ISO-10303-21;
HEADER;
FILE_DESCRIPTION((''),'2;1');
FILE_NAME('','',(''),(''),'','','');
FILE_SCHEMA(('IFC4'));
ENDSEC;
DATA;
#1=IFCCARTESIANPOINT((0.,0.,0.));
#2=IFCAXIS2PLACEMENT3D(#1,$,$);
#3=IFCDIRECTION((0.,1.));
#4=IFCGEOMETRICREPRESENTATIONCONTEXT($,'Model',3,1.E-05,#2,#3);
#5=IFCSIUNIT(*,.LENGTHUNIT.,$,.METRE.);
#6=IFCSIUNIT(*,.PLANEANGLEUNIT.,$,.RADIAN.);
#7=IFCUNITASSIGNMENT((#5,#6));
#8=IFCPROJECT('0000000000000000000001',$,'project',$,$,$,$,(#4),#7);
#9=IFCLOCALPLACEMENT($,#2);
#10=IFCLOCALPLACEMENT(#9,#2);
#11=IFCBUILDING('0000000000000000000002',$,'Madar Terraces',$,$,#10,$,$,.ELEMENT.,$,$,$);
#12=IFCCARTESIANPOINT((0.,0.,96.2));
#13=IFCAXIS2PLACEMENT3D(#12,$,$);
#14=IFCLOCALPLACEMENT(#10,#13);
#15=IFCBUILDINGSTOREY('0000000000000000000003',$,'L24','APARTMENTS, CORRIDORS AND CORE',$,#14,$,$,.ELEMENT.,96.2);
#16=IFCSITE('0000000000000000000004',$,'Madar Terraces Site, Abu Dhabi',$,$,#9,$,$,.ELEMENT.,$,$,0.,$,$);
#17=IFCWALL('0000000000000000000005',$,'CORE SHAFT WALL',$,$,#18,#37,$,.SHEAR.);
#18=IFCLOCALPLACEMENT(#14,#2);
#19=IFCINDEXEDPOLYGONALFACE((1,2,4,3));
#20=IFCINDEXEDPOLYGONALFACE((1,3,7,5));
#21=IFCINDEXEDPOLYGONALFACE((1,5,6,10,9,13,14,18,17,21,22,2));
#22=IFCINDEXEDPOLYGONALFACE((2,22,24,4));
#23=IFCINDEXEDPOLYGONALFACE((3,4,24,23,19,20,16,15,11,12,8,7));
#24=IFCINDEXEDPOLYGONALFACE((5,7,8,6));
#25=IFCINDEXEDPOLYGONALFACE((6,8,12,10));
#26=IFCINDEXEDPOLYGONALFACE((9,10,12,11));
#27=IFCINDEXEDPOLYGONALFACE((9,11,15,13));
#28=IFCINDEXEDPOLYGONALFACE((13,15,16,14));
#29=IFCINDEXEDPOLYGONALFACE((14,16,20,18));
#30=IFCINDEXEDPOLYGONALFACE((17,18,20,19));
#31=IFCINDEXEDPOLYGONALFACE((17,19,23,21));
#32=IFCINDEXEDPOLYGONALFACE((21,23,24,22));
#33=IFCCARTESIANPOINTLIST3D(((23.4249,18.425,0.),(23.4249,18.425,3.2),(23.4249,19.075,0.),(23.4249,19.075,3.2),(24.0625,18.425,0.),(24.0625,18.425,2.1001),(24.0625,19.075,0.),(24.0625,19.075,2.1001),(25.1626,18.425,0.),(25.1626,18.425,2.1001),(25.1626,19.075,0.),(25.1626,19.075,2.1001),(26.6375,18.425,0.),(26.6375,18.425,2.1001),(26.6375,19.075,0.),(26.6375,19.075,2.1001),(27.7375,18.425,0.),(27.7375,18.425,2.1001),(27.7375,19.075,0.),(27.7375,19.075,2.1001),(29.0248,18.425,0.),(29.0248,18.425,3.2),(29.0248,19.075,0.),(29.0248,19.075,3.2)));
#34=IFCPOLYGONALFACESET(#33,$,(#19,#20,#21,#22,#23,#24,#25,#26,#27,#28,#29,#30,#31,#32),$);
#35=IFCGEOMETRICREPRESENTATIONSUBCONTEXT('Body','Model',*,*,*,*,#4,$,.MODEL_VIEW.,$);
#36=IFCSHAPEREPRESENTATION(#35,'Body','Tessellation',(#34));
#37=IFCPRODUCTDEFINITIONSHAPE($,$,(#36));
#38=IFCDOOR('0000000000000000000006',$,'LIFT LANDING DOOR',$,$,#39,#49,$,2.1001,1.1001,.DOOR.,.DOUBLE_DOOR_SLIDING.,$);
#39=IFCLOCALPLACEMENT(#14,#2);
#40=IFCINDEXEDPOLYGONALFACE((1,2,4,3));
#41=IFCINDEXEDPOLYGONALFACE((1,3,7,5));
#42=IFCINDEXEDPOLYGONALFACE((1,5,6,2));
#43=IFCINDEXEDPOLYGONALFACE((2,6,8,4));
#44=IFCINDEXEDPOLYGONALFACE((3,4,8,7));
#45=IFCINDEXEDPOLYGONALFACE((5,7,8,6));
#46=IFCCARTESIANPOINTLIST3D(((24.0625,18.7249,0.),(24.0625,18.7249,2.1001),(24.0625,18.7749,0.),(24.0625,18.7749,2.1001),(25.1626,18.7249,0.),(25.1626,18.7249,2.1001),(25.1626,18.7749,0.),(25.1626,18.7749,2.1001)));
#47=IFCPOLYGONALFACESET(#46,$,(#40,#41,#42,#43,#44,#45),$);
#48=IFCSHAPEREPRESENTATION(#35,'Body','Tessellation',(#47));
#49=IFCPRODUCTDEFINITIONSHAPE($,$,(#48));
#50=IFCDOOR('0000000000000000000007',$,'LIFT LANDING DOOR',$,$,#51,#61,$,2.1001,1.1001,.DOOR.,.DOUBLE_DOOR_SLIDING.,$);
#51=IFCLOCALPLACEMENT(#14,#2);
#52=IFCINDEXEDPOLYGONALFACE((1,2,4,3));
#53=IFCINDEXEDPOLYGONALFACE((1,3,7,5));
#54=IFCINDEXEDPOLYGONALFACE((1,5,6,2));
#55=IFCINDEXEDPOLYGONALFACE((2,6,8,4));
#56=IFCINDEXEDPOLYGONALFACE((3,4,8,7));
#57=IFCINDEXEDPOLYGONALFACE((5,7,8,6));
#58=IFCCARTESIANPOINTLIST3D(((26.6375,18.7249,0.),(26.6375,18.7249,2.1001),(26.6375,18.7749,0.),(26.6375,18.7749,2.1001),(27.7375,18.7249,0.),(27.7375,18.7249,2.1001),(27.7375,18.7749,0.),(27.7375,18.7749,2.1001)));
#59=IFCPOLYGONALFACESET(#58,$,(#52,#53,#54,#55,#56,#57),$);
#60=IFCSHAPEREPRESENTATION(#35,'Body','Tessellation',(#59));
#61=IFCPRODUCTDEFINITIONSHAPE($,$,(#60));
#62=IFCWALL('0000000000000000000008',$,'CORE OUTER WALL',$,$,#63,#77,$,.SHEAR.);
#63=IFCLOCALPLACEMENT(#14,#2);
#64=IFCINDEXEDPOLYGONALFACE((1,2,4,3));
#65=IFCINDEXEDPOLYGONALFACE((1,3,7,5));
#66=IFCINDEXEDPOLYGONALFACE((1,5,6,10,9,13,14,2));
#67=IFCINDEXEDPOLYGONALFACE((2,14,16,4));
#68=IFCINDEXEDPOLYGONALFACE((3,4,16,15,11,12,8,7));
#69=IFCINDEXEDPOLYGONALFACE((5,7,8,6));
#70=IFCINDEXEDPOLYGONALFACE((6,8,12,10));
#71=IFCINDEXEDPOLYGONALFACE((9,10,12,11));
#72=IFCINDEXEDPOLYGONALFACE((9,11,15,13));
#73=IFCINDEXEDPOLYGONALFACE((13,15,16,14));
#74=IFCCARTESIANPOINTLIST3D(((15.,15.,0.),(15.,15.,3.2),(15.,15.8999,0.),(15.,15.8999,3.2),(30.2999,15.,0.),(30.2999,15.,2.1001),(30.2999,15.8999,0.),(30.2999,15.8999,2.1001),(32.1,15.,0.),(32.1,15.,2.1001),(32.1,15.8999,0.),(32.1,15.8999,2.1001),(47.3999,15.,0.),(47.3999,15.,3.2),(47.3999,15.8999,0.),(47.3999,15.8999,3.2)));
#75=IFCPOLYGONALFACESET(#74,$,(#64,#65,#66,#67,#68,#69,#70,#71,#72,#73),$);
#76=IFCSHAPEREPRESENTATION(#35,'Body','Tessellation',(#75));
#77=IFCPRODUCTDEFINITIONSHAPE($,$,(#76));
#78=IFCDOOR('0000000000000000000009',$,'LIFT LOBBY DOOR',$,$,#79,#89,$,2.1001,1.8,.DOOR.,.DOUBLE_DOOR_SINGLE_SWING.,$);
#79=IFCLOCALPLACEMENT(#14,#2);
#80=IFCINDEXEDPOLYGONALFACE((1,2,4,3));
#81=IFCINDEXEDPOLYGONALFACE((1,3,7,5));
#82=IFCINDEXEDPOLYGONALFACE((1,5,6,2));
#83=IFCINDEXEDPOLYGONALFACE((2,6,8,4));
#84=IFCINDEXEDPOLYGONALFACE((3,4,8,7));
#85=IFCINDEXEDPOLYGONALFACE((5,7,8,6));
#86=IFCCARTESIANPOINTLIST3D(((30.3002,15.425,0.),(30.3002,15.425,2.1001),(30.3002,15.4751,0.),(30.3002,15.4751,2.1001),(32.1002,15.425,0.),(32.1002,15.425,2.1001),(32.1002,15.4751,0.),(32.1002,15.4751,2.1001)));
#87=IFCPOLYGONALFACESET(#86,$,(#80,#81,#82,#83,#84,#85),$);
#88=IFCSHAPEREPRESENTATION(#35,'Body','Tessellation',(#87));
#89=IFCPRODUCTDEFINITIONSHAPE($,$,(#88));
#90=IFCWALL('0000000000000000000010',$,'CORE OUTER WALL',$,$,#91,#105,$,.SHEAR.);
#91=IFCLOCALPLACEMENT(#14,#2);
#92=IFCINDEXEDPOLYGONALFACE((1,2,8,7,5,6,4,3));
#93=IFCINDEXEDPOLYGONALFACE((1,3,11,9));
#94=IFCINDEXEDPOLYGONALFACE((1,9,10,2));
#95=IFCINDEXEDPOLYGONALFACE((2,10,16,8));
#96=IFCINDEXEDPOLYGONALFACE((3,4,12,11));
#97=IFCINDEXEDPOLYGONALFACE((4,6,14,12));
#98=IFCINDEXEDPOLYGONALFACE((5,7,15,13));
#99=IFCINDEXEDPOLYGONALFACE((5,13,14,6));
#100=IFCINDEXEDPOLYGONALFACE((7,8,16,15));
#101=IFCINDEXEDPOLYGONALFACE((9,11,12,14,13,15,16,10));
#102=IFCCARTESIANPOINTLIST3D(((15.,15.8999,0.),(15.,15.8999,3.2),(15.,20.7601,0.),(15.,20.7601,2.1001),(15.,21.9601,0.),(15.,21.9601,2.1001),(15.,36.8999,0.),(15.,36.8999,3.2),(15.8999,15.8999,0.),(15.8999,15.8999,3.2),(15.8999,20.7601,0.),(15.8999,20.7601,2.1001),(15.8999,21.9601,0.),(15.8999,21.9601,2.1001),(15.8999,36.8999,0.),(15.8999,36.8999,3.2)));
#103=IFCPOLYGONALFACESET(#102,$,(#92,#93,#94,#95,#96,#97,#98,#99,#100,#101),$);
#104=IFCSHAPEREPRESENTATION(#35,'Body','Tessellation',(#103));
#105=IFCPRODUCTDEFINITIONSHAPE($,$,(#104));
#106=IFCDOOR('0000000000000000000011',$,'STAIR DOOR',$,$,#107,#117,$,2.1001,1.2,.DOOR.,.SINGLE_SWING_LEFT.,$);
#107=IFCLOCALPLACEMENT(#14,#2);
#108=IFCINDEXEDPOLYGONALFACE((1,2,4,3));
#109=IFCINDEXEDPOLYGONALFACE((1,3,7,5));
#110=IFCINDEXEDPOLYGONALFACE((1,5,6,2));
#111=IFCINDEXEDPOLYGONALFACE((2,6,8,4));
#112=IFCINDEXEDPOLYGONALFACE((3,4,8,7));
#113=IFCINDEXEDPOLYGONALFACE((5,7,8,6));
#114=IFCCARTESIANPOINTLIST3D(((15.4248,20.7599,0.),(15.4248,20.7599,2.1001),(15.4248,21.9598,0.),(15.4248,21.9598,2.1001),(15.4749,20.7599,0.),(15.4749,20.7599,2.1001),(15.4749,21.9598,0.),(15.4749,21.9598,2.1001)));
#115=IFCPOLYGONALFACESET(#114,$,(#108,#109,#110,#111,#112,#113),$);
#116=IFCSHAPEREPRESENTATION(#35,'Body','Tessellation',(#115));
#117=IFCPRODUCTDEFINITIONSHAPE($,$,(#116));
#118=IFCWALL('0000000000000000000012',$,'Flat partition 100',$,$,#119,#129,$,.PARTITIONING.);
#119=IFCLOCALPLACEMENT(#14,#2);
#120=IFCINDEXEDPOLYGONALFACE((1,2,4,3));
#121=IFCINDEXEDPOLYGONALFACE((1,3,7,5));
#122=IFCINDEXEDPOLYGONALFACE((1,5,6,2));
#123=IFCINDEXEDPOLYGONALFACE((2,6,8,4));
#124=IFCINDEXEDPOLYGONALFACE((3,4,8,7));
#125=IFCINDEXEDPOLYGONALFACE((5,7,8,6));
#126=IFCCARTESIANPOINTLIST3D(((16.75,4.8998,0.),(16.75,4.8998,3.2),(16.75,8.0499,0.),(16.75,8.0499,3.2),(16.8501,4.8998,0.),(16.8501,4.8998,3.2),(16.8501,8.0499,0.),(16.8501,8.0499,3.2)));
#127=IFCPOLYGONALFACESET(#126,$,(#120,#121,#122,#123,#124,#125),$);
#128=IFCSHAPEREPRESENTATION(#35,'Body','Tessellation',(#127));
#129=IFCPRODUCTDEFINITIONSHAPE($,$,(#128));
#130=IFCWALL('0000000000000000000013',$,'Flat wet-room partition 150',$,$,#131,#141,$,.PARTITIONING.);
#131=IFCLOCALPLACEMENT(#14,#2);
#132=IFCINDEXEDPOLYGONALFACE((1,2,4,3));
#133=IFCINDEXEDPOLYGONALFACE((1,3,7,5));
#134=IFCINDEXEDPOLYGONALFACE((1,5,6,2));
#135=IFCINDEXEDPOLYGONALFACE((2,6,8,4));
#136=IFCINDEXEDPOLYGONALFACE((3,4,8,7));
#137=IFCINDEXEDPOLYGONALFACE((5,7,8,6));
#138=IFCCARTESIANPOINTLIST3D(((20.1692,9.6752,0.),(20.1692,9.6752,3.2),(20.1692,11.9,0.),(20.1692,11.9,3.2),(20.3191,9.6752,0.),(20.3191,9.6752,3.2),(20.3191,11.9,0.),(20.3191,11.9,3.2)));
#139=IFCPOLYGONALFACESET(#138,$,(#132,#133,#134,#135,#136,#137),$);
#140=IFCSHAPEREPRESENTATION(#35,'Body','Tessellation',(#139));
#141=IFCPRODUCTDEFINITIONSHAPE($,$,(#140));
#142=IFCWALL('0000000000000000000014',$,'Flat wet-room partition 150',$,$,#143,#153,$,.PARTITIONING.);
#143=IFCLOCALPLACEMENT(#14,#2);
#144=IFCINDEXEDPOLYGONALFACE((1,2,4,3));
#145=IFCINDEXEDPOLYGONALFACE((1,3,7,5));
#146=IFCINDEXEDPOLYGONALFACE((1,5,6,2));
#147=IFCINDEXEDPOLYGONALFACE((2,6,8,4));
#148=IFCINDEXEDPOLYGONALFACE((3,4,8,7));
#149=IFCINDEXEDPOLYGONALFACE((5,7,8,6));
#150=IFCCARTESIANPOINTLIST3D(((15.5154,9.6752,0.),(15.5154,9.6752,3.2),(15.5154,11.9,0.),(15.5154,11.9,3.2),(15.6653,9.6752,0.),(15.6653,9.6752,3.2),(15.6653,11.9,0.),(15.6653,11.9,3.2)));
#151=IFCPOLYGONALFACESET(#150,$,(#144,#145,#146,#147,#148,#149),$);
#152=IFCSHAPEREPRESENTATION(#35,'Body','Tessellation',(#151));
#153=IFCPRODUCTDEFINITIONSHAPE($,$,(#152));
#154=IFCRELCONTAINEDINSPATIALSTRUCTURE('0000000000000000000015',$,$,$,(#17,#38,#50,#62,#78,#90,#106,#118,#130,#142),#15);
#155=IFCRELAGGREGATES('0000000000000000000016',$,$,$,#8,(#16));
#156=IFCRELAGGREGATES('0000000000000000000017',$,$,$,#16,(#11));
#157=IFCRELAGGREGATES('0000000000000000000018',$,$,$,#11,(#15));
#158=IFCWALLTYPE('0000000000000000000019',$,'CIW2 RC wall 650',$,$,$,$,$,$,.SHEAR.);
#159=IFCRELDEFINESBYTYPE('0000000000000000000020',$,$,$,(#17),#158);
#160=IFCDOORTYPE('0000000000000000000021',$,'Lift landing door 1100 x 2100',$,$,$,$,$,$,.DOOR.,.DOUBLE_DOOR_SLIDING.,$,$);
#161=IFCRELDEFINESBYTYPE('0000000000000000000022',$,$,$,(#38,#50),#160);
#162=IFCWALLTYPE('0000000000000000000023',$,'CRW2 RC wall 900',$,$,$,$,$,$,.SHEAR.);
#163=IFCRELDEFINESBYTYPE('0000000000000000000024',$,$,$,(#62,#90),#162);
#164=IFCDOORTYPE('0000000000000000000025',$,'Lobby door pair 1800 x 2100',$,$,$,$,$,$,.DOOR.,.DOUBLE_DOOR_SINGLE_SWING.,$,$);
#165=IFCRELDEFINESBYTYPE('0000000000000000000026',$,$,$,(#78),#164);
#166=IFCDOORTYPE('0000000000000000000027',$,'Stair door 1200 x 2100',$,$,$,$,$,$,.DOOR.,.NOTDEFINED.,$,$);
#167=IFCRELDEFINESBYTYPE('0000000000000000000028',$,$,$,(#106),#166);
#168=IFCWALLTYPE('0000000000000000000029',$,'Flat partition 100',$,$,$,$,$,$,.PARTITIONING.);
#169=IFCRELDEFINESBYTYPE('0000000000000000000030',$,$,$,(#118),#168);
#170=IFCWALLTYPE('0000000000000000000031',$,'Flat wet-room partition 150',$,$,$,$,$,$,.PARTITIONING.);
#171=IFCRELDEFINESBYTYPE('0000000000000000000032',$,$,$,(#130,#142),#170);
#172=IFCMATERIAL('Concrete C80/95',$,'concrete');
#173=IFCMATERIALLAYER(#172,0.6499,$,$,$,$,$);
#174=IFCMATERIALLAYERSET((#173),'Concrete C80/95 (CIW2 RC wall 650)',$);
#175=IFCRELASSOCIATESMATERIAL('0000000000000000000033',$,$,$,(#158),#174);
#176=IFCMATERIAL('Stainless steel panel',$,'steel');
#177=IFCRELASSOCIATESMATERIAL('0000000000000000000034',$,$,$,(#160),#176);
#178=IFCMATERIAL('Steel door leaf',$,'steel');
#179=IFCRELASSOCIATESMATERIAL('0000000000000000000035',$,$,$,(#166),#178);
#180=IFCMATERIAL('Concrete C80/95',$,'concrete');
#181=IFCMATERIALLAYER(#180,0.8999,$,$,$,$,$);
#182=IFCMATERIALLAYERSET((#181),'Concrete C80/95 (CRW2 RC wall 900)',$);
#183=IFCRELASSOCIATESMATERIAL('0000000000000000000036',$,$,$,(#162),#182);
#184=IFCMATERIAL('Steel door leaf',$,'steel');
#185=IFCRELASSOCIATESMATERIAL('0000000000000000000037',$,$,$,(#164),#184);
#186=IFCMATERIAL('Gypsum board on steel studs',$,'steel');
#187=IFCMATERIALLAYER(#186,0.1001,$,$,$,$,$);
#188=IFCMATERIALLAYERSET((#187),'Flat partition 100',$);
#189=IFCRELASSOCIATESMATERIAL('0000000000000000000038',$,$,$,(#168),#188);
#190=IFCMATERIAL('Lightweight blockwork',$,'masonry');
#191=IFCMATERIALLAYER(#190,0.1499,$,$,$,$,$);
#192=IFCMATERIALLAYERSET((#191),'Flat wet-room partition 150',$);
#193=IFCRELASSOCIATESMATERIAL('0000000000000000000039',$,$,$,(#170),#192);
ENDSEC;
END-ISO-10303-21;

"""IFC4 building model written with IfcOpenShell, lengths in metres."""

from ifc_helpers import new_model, si_unit, direction, frame, frame_2d, origin, place, context, subcontext, project, spatial, rectangle, extrude, material, layer, layer_set, type_object, element, fill, save


model = new_model("IFC4")

# Units and contexts
model_context = context("Model", 3, precision=1e-05, world=origin(), true_north=direction((0.0, 1.0)))
body_context = subcontext(model_context, "Body", "Model", "MODEL_VIEW")
ifc_project = project(units=[si_unit("LENGTHUNIT", "METRE"), si_unit("PLANEANGLEUNIT", "RADIAN")], contexts=[model_context])

# Site, building, storey
site_placement = place(None, origin())
site = spatial("IfcSite", under=ifc_project, at=site_placement, Name="Madar Terraces Site, Abu Dhabi", CompositionType="ELEMENT", RefElevation=0.0)
building_placement = place(site_placement, origin())
building = spatial("IfcBuilding", under=site, at=building_placement, Name="Madar Terraces", CompositionType="ELEMENT")
storey_placement = place(building_placement, frame((0.0, 0.0, 96.2)))
storey = spatial("IfcBuildingStorey", under=building, at=storey_placement, Name="L24", Description="APARTMENTS, CORRIDORS AND CORE", CompositionType="ELEMENT", Elevation=96.2)

# Shared definitions
ifc_material_1 = material(Name="Concrete C80/95", Category="concrete")
ifc_layer_1 = layer(ifc_material_1, 0.6499)
ifc_layer_set_1 = layer_set([ifc_layer_1], Name="Concrete C80/95 (CIW2 RC wall 650)")
wall_type_1 = type_object("IfcWallType", Name="CIW2 RC wall 650", PredefinedType="SHEAR", material=ifc_layer_set_1)
ifc_material_2 = material(Name="Stainless steel panel", Category="steel")
door_type_1 = type_object("IfcDoorType", Name="Lift landing door 1100 x 2100", OperationType="DOUBLE_DOOR_SLIDING", PredefinedType="DOOR", material=ifc_material_2)
ifc_material_3 = material(Name="Steel door leaf", Category="steel")
door_type_2 = type_object("IfcDoorType", Name="Stair door 1200 x 2100", OperationType="NOTDEFINED", PredefinedType="DOOR", material=ifc_material_3)

# Wall, openings, doors
wall_1_placement = place(storey_placement, frame((23.425, 18.75, 0.0), z_axis=(0.0, 0.0, 1.0), x_axis=(1.0, 0.0, 0.0)))
wall_1 = element("IfcWall", 1, at=wall_1_placement, inside=storey, type_object=wall_type_1, Name="CORE SHAFT WALL", PredefinedType="SHEAR", context=body_context, shape_type="SweptSolid", body=[
    extrude(rectangle(XDim=5.5999, YDim=0.6499, at=frame_2d((2.7998, 0.0))), origin(), (0.0, 0.0, 1.0), 3.2),
])
opening_1_placement = place(wall_1_placement, frame((0.6375, 0.0, 0.0)))
opening_1 = element("IfcOpeningElement", 2, at=opening_1_placement, cuts=wall_1, PredefinedType="OPENING", context=body_context, shape_type="SweptSolid", body=[
    extrude(rectangle(XDim=1.1001, YDim=2.1001, at=frame_2d((0.55, 1.05))), frame((0.0, 0.335, 0.0), z_axis=(0.0, -1.0, 0.0), x_axis=(1.0, 0.0, 0.0)), (0.0, 0.0, 1.0), 0.6699),
])
opening_2_placement = place(wall_1_placement, frame((3.2124, 0.0, 0.0)))
opening_2 = element("IfcOpeningElement", 3, at=opening_2_placement, cuts=wall_1, PredefinedType="OPENING", context=body_context, shape_type="SweptSolid", body=[
    extrude(rectangle(XDim=1.1001, YDim=2.1001, at=frame_2d((0.55, 1.05))), frame((0.0, 0.335, 0.0), z_axis=(0.0, -1.0, 0.0), x_axis=(1.0, 0.0, 0.0)), (0.0, 0.0, 1.0), 0.6699),
])
door_1_placement = place(opening_1_placement, origin())
door_1 = element("IfcDoor", 4, at=door_1_placement, inside=storey, type_object=door_type_1, Name="LIFT LANDING DOOR", OperationType="DOUBLE_DOOR_SLIDING", OverallHeight=2.1001, OverallWidth=1.1001, PredefinedType="DOOR", context=body_context, shape_type="SweptSolid", body=[
    extrude(rectangle(XDim=1.1001, YDim=2.1001, at=frame_2d((0.55, 1.05))), frame((0.0, 0.0249, 0.0), z_axis=(0.0, -1.0, 0.0), x_axis=(1.0, 0.0, 0.0)), (0.0, 0.0, 1.0), 0.05),
])
fill(opening_1, door_1)
door_2_placement = place(opening_2_placement, origin())
door_2 = element("IfcDoor", 5, at=door_2_placement, inside=storey, type_object=door_type_1, Name="LIFT LANDING DOOR", OperationType="DOUBLE_DOOR_SLIDING", OverallHeight=2.1001, OverallWidth=1.1001, PredefinedType="DOOR", context=body_context, shape_type="SweptSolid", body=[
    extrude(rectangle(XDim=1.1001, YDim=2.1001, at=frame_2d((0.55, 1.05))), frame((0.0, 0.0249, 0.0), z_axis=(0.0, -1.0, 0.0), x_axis=(1.0, 0.0, 0.0)), (0.0, 0.0, 1.0), 0.05),
])
fill(opening_2, door_2)

# Walls, openings, doors
ifc_material_4 = material(Name="Concrete C80/95", Category="concrete")
ifc_layer_2 = layer(ifc_material_4, 0.8999)
ifc_layer_set_2 = layer_set([ifc_layer_2], Name="Concrete C80/95 (CRW2 RC wall 900)")
wall_type_2 = type_object("IfcWallType", Name="CRW2 RC wall 900", PredefinedType="SHEAR", material=ifc_layer_set_2)
wall_2_placement = place(storey_placement, frame((15.0, 15.45, 0.0), z_axis=(0.0, 0.0, 1.0), x_axis=(1.0, 0.0, 0.0)))
wall_2 = element("IfcWall", 6, at=wall_2_placement, inside=storey, type_object=wall_type_2, Name="CORE OUTER WALL", PredefinedType="SHEAR", context=body_context, shape_type="SweptSolid", body=[
    extrude(rectangle(XDim=32.3999, YDim=0.8999, at=frame_2d((16.2, 0.0))), origin(), (0.0, 0.0, 1.0), 3.2),
])
opening_3_placement = place(wall_2_placement, frame((15.3, 0.0, 0.0)))
opening_3 = element("IfcOpeningElement", 7, at=opening_3_placement, cuts=wall_2, PredefinedType="OPENING", context=body_context, shape_type="SweptSolid", body=[
    extrude(rectangle(XDim=1.8, YDim=2.1001, at=frame_2d((0.8999, 1.05))), frame((0.0, 0.46, 0.0), z_axis=(0.0, -1.0, 0.0), x_axis=(1.0, 0.0, 0.0)), (0.0, 0.0, 1.0), 0.9199),
])
ifc_material_5 = material(Name="Steel door leaf", Category="steel")
door_type_3 = type_object("IfcDoorType", Name="Lobby door pair 1800 x 2100", OperationType="DOUBLE_DOOR_SINGLE_SWING", PredefinedType="DOOR", material=ifc_material_5)
door_3_placement = place(opening_3_placement, frame((1.8, 0.0, 0.0), z_axis=(0.0, 0.0, 1.0), x_axis=(-1.0, 0.0, 0.0)))
door_3 = element("IfcDoor", 8, at=door_3_placement, inside=storey, type_object=door_type_3, Name="LIFT LOBBY DOOR", OperationType="DOUBLE_DOOR_SINGLE_SWING", OverallHeight=2.1001, OverallWidth=1.8, PredefinedType="DOOR", context=body_context, shape_type="SweptSolid", body=[
    extrude(rectangle(XDim=1.8, YDim=2.1001, at=frame_2d((0.8999, 1.05))), frame((0.0, 0.0249, 0.0), z_axis=(0.0, -1.0, 0.0), x_axis=(1.0, 0.0, 0.0)), (0.0, 0.0, 1.0), 0.05),
])
fill(opening_3, door_3)
wall_3_placement = place(storey_placement, frame((15.45, 15.8999, 0.0), z_axis=(0.0, 0.0, 1.0), x_axis=(0.0, 1.0, 0.0)))
wall_3 = element("IfcWall", 9, at=wall_3_placement, inside=storey, type_object=wall_type_2, Name="CORE OUTER WALL", PredefinedType="SHEAR", context=body_context, shape_type="SweptSolid", body=[
    extrude(rectangle(XDim=21.0, YDim=0.8999, at=frame_2d((10.5, 0.0))), origin(), (0.0, 0.0, 1.0), 3.2),
])
opening_4_placement = place(wall_3_placement, frame((4.8601, 0.0, 0.0)))
opening_4 = element("IfcOpeningElement", 10, at=opening_4_placement, cuts=wall_3, PredefinedType="OPENING", context=body_context, shape_type="SweptSolid", body=[
    extrude(rectangle(XDim=1.2, YDim=2.1001, at=frame_2d((0.6001, 1.05))), frame((0.0, 0.46, 0.0), z_axis=(0.0, -1.0, 0.0), x_axis=(1.0, 0.0, 0.0)), (0.0, 0.0, 1.0), 0.9199),
])
door_4_placement = place(opening_4_placement, frame((1.2, 0.0, 0.0), z_axis=(0.0, 0.0, 1.0), x_axis=(-1.0, 0.0, 0.0)))
door_4 = element("IfcDoor", 11, at=door_4_placement, inside=storey, type_object=door_type_2, Name="STAIR DOOR", OperationType="SINGLE_SWING_LEFT", OverallHeight=2.1001, OverallWidth=1.2, PredefinedType="DOOR", context=body_context, shape_type="SweptSolid", body=[
    extrude(rectangle(XDim=1.2, YDim=2.1001, at=frame_2d((0.6001, 1.05))), frame((0.0, 0.0249, 0.0), z_axis=(0.0, -1.0, 0.0), x_axis=(1.0, 0.0, 0.0)), (0.0, 0.0, 1.0), 0.05),
])
fill(opening_4, door_4)

# Walls
ifc_material_6 = material(Name="Gypsum board on steel studs", Category="steel")
ifc_layer_3 = layer(ifc_material_6, 0.1001)
ifc_layer_set_3 = layer_set([ifc_layer_3], Name="Flat partition 100")
wall_type_3 = type_object("IfcWallType", Name="Flat partition 100", PredefinedType="PARTITIONING", material=ifc_layer_set_3)
wall_4_placement = place(storey_placement, frame((16.8, 8.05, 0.0), z_axis=(0.0, 0.0, 1.0), x_axis=(0.0, -1.0, 0.0)))
element("IfcWall", 12, at=wall_4_placement, inside=storey, type_object=wall_type_3, Name="Flat partition 100", PredefinedType="PARTITIONING", context=body_context, shape_type="SweptSolid", body=[
    extrude(rectangle(XDim=3.1501, YDim=0.1001, at=frame_2d((1.5752, 0.0))), origin(), (0.0, 0.0, 1.0), 3.2),
])
ifc_material_7 = material(Name="Lightweight blockwork", Category="masonry")
ifc_layer_4 = layer(ifc_material_7, 0.1499)
ifc_layer_set_4 = layer_set([ifc_layer_4], Name="Flat wet-room partition 150")
wall_type_4 = type_object("IfcWallType", Name="Flat wet-room partition 150", PredefinedType="PARTITIONING", material=ifc_layer_set_4)
for number, where, z_axis, x_axis, name in (
    (13, (20.2441, 11.8999, 0.0), (0.0, 0.0, 1.0), (0.0, -1.0, 0.0), "Flat wet-room partition 150"),
    (14, (15.5903, 11.8999, 0.0), (0.0, 0.0, 1.0), (0.0, -1.0, 0.0), "Flat wet-room partition 150"),
):
    element("IfcWall", number, at=place(storey_placement, frame(where, z_axis=z_axis, x_axis=x_axis)), inside=storey, type_object=wall_type_4, Name=name, PredefinedType="PARTITIONING", context=body_context, shape_type="SweptSolid", body=[
        extrude(rectangle(XDim=2.2249, YDim=0.1499, at=frame_2d((1.1123, 0.0))), origin(), (0.0, 0.0, 1.0), 3.2),
    ])

save(model, "model.ifc")
